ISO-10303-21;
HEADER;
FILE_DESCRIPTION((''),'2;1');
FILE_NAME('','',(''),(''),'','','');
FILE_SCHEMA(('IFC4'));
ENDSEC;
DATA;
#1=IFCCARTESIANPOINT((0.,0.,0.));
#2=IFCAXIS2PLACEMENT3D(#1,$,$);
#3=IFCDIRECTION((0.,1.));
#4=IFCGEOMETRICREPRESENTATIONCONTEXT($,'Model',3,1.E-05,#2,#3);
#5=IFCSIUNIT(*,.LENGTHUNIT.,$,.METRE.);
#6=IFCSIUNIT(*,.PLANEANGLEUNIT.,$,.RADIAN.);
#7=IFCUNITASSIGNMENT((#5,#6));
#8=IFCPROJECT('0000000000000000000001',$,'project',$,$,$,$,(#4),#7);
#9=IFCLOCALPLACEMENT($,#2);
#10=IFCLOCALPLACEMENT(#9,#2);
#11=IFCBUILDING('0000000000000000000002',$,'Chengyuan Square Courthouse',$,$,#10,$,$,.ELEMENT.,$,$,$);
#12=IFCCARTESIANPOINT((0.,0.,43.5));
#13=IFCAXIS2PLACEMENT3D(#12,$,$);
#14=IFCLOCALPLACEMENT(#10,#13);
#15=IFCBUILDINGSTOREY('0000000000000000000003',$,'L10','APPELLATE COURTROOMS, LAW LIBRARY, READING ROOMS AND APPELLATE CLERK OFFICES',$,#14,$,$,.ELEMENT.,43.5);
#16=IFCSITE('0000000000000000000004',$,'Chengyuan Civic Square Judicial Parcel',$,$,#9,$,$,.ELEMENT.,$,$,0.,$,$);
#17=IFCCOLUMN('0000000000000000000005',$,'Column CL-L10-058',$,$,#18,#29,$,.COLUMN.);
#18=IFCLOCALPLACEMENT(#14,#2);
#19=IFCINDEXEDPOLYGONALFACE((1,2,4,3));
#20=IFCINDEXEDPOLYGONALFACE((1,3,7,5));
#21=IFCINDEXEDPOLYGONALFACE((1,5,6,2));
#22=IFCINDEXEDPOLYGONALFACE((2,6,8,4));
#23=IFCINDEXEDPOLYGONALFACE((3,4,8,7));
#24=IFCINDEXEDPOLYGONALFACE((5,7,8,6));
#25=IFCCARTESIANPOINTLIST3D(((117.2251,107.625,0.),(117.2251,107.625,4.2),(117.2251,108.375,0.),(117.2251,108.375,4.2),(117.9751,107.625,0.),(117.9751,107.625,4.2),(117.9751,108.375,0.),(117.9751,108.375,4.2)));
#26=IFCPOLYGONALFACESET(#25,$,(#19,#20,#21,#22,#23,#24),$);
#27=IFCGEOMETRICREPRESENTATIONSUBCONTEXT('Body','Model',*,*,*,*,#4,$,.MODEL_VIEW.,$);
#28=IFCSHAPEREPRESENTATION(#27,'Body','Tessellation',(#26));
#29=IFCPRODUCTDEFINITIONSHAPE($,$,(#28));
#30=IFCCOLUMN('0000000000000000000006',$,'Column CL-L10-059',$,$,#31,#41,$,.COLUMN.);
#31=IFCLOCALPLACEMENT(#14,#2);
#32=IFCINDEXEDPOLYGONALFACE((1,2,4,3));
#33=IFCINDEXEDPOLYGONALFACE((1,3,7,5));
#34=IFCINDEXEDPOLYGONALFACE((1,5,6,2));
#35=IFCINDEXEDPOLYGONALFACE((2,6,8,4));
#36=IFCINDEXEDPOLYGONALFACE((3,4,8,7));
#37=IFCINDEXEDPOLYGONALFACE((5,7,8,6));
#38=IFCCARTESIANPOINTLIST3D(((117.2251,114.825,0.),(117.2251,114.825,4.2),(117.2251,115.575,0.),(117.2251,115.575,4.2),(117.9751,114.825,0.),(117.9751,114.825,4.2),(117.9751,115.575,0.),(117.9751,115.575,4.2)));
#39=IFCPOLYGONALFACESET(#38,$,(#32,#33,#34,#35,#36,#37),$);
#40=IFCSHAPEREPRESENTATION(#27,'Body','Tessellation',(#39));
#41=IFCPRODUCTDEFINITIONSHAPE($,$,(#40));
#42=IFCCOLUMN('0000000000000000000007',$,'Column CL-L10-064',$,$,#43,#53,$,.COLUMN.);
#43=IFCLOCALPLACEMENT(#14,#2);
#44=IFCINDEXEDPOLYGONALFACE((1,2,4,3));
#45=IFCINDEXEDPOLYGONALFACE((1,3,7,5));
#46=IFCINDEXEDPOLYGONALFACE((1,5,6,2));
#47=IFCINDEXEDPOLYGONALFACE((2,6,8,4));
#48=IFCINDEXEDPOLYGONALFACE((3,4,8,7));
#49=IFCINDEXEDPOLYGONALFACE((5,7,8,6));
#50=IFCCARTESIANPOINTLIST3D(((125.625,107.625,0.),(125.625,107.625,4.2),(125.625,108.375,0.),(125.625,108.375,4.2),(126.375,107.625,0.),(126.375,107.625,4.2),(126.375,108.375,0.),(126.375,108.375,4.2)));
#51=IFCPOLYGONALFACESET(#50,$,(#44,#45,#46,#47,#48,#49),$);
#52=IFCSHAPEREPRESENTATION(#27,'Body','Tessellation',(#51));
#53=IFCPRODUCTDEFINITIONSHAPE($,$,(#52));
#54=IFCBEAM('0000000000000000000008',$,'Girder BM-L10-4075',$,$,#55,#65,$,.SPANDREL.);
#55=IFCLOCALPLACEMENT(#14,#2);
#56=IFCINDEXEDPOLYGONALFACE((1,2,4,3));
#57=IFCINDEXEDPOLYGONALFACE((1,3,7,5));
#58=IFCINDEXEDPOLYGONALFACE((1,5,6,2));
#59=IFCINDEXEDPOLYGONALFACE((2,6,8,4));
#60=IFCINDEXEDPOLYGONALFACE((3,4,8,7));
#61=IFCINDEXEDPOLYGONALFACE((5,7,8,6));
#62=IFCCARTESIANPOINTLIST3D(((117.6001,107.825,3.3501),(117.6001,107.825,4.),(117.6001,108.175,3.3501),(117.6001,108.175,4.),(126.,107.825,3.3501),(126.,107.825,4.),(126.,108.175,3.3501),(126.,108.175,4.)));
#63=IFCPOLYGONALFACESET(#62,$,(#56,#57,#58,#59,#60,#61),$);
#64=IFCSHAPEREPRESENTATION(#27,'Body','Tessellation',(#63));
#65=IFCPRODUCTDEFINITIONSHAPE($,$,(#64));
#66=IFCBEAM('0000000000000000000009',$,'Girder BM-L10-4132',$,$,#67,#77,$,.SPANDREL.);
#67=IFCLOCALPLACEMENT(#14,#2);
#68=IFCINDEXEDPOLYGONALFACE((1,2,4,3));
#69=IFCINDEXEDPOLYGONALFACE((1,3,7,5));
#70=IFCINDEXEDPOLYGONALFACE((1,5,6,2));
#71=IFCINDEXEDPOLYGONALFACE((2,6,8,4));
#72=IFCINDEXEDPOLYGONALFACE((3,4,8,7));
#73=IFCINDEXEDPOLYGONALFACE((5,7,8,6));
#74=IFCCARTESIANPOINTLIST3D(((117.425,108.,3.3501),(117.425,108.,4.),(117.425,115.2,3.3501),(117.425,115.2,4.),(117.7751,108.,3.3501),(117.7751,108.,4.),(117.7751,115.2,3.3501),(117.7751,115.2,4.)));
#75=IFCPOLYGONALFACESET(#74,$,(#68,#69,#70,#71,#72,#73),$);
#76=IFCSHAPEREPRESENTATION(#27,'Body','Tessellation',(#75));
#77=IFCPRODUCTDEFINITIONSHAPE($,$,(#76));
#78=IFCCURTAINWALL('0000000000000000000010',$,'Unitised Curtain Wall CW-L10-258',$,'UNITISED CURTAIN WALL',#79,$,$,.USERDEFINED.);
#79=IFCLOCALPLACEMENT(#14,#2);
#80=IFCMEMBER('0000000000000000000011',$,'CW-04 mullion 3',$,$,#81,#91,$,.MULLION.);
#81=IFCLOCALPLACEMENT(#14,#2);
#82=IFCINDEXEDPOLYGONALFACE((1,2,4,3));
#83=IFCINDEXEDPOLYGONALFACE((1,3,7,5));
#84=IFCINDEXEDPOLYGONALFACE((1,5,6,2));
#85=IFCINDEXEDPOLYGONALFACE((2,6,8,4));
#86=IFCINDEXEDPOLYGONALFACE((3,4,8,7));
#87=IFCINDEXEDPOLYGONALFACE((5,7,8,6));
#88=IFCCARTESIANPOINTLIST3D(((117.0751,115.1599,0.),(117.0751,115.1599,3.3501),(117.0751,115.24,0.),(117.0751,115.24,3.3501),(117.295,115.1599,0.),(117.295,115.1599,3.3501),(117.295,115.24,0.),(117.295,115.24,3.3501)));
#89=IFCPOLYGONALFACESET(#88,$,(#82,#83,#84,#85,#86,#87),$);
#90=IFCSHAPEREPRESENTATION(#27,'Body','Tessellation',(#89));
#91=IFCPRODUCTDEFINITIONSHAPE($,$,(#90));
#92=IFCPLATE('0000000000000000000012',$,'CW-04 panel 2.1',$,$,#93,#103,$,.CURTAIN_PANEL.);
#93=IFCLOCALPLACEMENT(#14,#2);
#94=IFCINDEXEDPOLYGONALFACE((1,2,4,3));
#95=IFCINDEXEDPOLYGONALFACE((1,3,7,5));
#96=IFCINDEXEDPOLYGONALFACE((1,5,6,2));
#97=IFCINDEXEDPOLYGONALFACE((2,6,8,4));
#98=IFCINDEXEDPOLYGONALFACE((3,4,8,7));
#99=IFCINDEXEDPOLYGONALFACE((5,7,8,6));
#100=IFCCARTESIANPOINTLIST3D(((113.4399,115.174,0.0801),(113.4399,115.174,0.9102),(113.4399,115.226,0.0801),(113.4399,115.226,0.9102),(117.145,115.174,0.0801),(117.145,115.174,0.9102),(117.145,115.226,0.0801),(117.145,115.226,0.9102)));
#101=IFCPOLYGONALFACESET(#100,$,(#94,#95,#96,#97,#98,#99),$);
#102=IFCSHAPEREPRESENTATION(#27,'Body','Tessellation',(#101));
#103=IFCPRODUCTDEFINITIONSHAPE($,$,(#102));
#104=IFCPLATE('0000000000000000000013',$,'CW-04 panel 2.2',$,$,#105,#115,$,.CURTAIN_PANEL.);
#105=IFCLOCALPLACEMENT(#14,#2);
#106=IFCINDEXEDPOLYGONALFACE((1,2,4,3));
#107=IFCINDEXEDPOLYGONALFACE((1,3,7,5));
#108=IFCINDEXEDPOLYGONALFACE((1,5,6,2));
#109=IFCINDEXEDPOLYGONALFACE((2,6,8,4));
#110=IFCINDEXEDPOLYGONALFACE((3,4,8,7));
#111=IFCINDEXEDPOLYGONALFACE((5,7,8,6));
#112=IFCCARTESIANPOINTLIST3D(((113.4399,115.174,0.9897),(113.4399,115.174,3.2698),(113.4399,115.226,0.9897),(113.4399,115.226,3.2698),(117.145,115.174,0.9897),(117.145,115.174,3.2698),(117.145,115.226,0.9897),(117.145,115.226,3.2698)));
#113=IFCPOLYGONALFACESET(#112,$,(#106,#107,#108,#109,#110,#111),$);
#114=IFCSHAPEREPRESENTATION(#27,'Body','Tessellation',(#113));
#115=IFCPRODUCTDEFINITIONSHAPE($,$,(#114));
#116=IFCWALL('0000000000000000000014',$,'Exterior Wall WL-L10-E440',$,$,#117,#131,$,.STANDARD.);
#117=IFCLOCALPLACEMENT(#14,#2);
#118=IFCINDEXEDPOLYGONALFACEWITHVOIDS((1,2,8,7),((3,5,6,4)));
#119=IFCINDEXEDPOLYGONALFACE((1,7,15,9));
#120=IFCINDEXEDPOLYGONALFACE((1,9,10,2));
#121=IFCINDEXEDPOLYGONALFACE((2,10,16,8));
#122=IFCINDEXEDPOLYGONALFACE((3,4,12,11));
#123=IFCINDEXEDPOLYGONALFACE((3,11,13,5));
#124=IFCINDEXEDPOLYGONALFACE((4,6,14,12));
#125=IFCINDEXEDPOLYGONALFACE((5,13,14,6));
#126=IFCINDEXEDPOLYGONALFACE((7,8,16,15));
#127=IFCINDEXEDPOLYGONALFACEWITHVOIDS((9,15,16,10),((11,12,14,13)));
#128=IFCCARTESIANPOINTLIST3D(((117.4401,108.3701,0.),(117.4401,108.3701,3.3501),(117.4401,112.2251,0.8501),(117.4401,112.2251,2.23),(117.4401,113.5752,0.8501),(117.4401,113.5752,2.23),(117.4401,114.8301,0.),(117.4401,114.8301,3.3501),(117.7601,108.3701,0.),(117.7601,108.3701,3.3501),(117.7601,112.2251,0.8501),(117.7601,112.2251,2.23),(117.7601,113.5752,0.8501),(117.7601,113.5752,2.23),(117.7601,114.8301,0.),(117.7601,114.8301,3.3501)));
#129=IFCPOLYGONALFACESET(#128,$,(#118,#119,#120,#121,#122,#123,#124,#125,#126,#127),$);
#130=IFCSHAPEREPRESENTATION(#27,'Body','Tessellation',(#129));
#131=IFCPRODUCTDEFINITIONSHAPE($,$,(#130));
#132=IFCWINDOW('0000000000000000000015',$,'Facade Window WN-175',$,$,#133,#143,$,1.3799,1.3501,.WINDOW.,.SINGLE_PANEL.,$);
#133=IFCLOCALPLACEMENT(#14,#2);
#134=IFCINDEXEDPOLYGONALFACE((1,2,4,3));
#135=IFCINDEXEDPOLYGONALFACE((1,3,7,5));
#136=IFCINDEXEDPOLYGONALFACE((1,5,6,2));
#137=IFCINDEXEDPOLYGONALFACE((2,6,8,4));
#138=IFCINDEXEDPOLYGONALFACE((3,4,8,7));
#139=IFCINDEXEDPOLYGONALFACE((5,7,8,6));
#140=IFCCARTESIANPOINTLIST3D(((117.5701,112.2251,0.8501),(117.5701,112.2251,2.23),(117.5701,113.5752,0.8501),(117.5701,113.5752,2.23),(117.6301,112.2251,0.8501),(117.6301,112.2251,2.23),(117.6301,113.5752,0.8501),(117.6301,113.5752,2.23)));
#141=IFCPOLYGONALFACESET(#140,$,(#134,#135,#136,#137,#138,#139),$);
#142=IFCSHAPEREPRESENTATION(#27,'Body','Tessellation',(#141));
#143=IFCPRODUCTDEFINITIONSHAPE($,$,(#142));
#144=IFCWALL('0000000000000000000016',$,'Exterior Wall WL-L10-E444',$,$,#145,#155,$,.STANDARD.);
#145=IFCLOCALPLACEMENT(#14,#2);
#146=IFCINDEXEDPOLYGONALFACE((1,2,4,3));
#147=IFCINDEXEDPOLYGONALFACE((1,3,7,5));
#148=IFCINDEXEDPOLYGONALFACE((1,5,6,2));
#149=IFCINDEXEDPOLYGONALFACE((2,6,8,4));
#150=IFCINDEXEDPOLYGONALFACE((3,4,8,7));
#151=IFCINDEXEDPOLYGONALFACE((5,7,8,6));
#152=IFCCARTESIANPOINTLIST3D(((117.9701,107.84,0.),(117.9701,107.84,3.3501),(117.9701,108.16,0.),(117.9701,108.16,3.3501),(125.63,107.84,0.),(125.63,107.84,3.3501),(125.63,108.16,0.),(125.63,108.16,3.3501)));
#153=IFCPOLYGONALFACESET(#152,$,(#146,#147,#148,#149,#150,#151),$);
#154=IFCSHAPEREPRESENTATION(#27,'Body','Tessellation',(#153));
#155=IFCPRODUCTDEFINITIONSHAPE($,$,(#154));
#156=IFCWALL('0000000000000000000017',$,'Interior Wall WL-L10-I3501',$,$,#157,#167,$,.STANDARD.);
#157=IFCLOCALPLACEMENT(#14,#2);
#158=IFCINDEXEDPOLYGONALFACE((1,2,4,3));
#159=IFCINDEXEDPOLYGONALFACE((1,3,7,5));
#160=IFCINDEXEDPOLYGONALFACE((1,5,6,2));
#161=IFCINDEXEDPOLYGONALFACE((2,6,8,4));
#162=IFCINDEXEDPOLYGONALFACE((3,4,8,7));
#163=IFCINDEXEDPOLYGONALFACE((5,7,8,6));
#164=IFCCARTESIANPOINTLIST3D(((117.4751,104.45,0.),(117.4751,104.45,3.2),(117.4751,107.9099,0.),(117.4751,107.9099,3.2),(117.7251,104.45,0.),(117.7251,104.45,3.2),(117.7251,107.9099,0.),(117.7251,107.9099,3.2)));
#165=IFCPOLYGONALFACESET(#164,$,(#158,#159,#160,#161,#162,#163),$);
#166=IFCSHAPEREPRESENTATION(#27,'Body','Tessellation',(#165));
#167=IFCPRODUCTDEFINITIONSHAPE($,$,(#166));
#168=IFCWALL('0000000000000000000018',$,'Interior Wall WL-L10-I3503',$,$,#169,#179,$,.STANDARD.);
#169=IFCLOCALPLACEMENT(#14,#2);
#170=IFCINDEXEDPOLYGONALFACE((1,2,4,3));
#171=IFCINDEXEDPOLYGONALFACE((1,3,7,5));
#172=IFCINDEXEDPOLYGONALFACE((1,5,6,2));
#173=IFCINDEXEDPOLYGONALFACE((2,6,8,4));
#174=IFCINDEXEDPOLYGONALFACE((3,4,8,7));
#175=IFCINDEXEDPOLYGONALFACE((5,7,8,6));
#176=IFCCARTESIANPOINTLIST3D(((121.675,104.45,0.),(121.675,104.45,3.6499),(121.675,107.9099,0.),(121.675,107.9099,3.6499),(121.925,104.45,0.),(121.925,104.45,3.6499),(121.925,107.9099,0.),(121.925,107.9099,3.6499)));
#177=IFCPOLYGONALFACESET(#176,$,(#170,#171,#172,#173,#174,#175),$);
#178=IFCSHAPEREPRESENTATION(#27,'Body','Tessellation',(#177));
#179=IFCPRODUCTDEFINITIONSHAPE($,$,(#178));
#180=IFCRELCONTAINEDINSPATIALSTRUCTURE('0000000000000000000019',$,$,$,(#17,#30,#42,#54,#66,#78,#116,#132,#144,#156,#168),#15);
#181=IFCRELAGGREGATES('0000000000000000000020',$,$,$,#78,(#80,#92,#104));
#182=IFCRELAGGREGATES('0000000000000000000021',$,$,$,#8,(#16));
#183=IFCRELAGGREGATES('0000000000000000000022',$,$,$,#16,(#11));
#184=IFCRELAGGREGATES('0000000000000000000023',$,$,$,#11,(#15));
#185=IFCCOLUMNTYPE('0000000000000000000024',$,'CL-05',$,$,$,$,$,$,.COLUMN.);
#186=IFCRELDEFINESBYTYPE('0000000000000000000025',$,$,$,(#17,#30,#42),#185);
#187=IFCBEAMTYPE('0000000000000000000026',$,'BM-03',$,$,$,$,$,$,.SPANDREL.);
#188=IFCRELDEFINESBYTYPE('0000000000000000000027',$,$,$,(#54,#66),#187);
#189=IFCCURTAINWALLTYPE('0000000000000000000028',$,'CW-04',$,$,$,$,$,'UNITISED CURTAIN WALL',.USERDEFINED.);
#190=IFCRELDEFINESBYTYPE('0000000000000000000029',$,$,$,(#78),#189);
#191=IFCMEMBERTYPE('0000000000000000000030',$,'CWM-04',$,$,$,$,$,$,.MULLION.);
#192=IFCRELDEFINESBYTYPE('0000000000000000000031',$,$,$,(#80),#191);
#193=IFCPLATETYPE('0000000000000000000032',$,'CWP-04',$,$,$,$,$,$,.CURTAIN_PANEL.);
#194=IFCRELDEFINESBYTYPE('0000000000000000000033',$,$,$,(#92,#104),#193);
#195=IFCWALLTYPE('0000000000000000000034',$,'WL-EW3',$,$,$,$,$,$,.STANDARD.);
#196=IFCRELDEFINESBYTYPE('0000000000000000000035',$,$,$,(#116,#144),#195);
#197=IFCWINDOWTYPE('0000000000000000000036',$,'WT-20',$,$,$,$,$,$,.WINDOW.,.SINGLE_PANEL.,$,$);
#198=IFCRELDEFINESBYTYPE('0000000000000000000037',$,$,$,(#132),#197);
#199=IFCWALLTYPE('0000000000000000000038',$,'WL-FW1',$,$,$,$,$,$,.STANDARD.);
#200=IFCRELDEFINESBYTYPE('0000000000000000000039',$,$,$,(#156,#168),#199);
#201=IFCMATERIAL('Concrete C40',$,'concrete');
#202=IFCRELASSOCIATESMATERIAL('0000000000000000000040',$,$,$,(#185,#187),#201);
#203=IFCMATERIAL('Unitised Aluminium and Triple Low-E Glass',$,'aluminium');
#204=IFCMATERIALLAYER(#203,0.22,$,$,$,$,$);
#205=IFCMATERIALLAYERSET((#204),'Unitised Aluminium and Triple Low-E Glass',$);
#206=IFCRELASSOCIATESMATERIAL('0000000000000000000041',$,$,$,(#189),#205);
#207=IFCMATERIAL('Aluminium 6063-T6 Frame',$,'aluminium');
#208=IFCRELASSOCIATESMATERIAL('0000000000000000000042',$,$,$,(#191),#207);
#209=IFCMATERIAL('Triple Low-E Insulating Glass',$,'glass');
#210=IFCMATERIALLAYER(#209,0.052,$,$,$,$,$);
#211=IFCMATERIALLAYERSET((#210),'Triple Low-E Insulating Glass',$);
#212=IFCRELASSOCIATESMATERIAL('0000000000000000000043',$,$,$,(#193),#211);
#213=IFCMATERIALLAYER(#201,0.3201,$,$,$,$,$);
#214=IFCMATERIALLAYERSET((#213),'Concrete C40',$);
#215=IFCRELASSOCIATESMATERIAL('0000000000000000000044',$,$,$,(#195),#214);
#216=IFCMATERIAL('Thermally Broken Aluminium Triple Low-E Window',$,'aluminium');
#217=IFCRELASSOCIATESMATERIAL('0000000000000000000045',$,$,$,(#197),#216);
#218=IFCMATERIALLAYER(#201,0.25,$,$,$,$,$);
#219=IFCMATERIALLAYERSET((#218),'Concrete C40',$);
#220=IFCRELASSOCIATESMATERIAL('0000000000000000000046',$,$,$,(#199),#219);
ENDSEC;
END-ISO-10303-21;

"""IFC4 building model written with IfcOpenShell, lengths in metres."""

from ifc_helpers import new_model, si_unit, direction, frame, frame_2d, origin, origin_2d, place, context, subcontext, project, spatial, rectangle, extrude, material, layer, layer_set, material_profile, profile_set, type_object, element, fill, aggregate, save


model = new_model("IFC4")

# Units and contexts
model_context = context("Model", 3, precision=1e-05, world=origin(), true_north=direction((0.0, 1.0)))
body_context = subcontext(model_context, "Body", "Model", "MODEL_VIEW")
ifc_project = project(units=[si_unit("LENGTHUNIT", "METRE"), si_unit("PLANEANGLEUNIT", "RADIAN")], contexts=[model_context])

# Site, building, storey
site_placement = place(None, origin())
site = spatial("IfcSite", under=ifc_project, at=site_placement, Name="Chengyuan Civic Square Judicial Parcel", CompositionType="ELEMENT", RefElevation=0.0)
building_placement = place(site_placement, origin())
building = spatial("IfcBuilding", under=site, at=building_placement, Name="Chengyuan Square Courthouse", CompositionType="ELEMENT")
storey_placement = place(building_placement, frame((0.0, 0.0, 43.5)))
storey = spatial("IfcBuildingStorey", under=building, at=storey_placement, Name="L10", Description="APPELLATE COURTROOMS, LAW LIBRARY, READING ROOMS AND APPELLATE CLERK OFFICES", CompositionType="ELEMENT", Elevation=43.5)

# Columns
ifc_material_1 = material(Name="Concrete C40", Category="concrete")
ifc_material_profile_1 = material_profile(ifc_material_1, rectangle(XDim=0.75, YDim=0.75, at=origin_2d()), Name="RC-COL-750x750")
ifc_profile_set_1 = profile_set([ifc_material_profile_1], Name="Concrete C40")
column_type = type_object("IfcColumnType", Name="CL-05", PredefinedType="COLUMN", material=ifc_profile_set_1)
for number, where, z_axis, x_axis, name in (
    (1, (117.6001, 108.0, 0.0), (0.0, 0.0, 1.0), (1.0, 0.0, 0.0), "Column CL-L10-058"),
    (2, (117.6001, 115.2, 0.0), (0.0, 0.0, 1.0), (1.0, 0.0, 0.0), "Column CL-L10-059"),
    (3, (126.0, 108.0, 0.0), (0.0, 0.0, 1.0), (1.0, 0.0, 0.0), "Column CL-L10-064"),
):
    element("IfcColumn", number, at=place(storey_placement, frame(where, z_axis=z_axis, x_axis=x_axis)), inside=storey, type_object=column_type, Name=name, PredefinedType="COLUMN", context=body_context, shape_type="SweptSolid", body=[
        extrude(rectangle(XDim=0.75, YDim=0.75, at=origin_2d()), origin(), (0.0, 0.0, 1.0), 4.2),
    ])

# Beams
ifc_material_profile_2 = material_profile(ifc_material_1, rectangle(XDim=0.3501, YDim=0.6499, at=origin_2d()), Name="RC-BM-350x650")
ifc_profile_set_2 = profile_set([ifc_material_profile_2], Name="Concrete C40")
beam_type = type_object("IfcBeamType", Name="BM-03", PredefinedType="SPANDREL", material=ifc_profile_set_2)
beam_1_placement = place(storey_placement, frame((117.6001, 108.0, 3.675), z_axis=(1.0, 0.0, 0.0), x_axis=(0.0, 1.0, 0.0)))
element("IfcBeam", 4, at=beam_1_placement, inside=storey, type_object=beam_type, Name="Girder BM-L10-4075", PredefinedType="SPANDREL", context=body_context, shape_type="SweptSolid", body=[
    extrude(rectangle(XDim=0.3501, YDim=0.6499, at=origin_2d()), origin(), (0.0, 0.0, 1.0), 8.3999),
])
beam_2_placement = place(storey_placement, frame((117.6001, 108.0, 3.675), z_axis=(0.0, 1.0, 0.0), x_axis=(-1.0, 0.0, 0.0)))
element("IfcBeam", 5, at=beam_2_placement, inside=storey, type_object=beam_type, Name="Girder BM-L10-4132", PredefinedType="SPANDREL", context=body_context, shape_type="SweptSolid", body=[
    extrude(rectangle(XDim=0.3501, YDim=0.6499, at=origin_2d()), origin(), (0.0, 0.0, 1.0), 7.2),
])

# Curtain wall, member, plates
ifc_material_2 = material(Name="Unitised Aluminium and Triple Low-E Glass", Category="aluminium")
ifc_layer_1 = layer(ifc_material_2, 0.22)
ifc_layer_set_1 = layer_set([ifc_layer_1], Name="Unitised Aluminium and Triple Low-E Glass")
curtain_wall_type = type_object("IfcCurtainWallType", Name="CW-04", ElementType="UNITISED CURTAIN WALL", PredefinedType="USERDEFINED", material=ifc_layer_set_1)
curtain_wall_placement = place(storey_placement, origin())
curtain_wall = element("IfcCurtainWall", 6, at=curtain_wall_placement, inside=storey, type_object=curtain_wall_type, Name="Unitised Curtain Wall CW-L10-258", ObjectType="UNITISED CURTAIN WALL", PredefinedType="USERDEFINED")
ifc_material_3 = material(Name="Aluminium 6063-T6 Frame", Category="aluminium")
ifc_material_profile_3 = material_profile(ifc_material_3, rectangle(XDim=0.0801, YDim=0.22, at=origin_2d()), Name="CW-MUL-80x220")
ifc_profile_set_3 = profile_set([ifc_material_profile_3], Name="Aluminium 6063-T6 Frame")
member_type = type_object("IfcMemberType", Name="CWM-04", PredefinedType="MULLION", material=ifc_profile_set_3)
member_placement = place(storey_placement, frame((117.1851, 115.2, 0.0), z_axis=(0.0, 0.0, 1.0), x_axis=(0.0, 1.0, 0.0)))
member = element("IfcMember", 7, at=member_placement, type_object=member_type, Name="CW-04 mullion 3", PredefinedType="MULLION", context=body_context, shape_type="SweptSolid", body=[
    extrude(rectangle(XDim=0.0801, YDim=0.22, at=origin_2d()), origin(), (0.0, 0.0, 1.0), 3.3501),
])
ifc_material_4 = material(Name="Triple Low-E Insulating Glass", Category="glass")
ifc_layer_2 = layer(ifc_material_4, 0.052)
ifc_layer_set_2 = layer_set([ifc_layer_2], Name="Triple Low-E Insulating Glass")
plate_type = type_object("IfcPlateType", Name="CWP-04", PredefinedType="CURTAIN_PANEL", material=ifc_layer_set_2)
plate_1_placement = place(storey_placement, frame((115.2925, 115.2, 0.0801), z_axis=(0.0, 0.0, 1.0), x_axis=(1.0, 0.0, 0.0)))
plate_1 = element("IfcPlate", 8, at=plate_1_placement, type_object=plate_type, Name="CW-04 panel 2.1", PredefinedType="CURTAIN_PANEL", context=body_context, shape_type="SweptSolid", body=[
    extrude(rectangle(XDim=3.7051, YDim=0.052, at=origin_2d()), origin(), (0.0, 0.0, 1.0), 0.8301),
])
plate_2_placement = place(storey_placement, frame((115.2925, 115.2, 0.9897), z_axis=(0.0, 0.0, 1.0), x_axis=(1.0, 0.0, 0.0)))
plate_2 = element("IfcPlate", 9, at=plate_2_placement, type_object=plate_type, Name="CW-04 panel 2.2", PredefinedType="CURTAIN_PANEL", context=body_context, shape_type="SweptSolid", body=[
    extrude(rectangle(XDim=3.7051, YDim=0.052, at=origin_2d()), origin(), (0.0, 0.0, 1.0), 2.28),
])
aggregate(curtain_wall, [member, plate_1, plate_2])

# Wall, opening, window
ifc_layer_3 = layer(ifc_material_1, 0.3201)
ifc_layer_set_3 = layer_set([ifc_layer_3], Name="Concrete C40")
wall_type_1 = type_object("IfcWallType", Name="WL-EW3", PredefinedType="STANDARD", material=ifc_layer_set_3)
wall_1_placement = place(storey_placement, frame((117.6001, 108.3701, 0.0), z_axis=(0.0, 0.0, 1.0), x_axis=(0.0, 1.0, 0.0)))
wall_1 = element("IfcWall", 10, at=wall_1_placement, inside=storey, type_object=wall_type_1, Name="Exterior Wall WL-L10-E440", PredefinedType="STANDARD", context=body_context, shape_type="SweptSolid", body=[
    extrude(rectangle(XDim=6.46, YDim=0.3201, at=frame_2d((3.23, 0.0))), origin(), (0.0, 0.0, 1.0), 3.3501),
])
opening_1_placement = place(wall_1_placement, frame((3.855, 0.0, 0.8501)))
opening_1 = element("IfcOpeningElement", 11, at=opening_1_placement, cuts=wall_1, PredefinedType="OPENING", context=body_context, shape_type="SweptSolid", body=[
    extrude(rectangle(XDim=1.3501, YDim=1.3799, at=frame_2d((0.675, 0.6899))), frame((0.0, 0.1721, 0.0), z_axis=(0.0, -1.0, 0.0), x_axis=(1.0, 0.0, 0.0)), (0.0, 0.0, 1.0), 0.344),
])
ifc_material_5 = material(Name="Thermally Broken Aluminium Triple Low-E Window", Category="aluminium")
window_type = type_object("IfcWindowType", Name="WT-20", PartitioningType="SINGLE_PANEL", PredefinedType="WINDOW", material=ifc_material_5)
window_placement = place(opening_1_placement, origin())
window = element("IfcWindow", 12, at=window_placement, inside=storey, type_object=window_type, Name="Facade Window WN-175", OverallHeight=1.3799, OverallWidth=1.3501, PartitioningType="SINGLE_PANEL", PredefinedType="WINDOW", context=body_context, shape_type="SweptSolid", body=[
    extrude(rectangle(XDim=1.3501, YDim=1.3799, at=frame_2d((0.675, 0.6899))), frame((0.0, 0.03, 0.0), z_axis=(0.0, -1.0, 0.0), x_axis=(1.0, 0.0, 0.0)), (0.0, 0.0, 1.0), 0.0601),
])
fill(opening_1, window)

# Walls
wall_2_placement = place(storey_placement, frame((117.97, 108.0, 0.0), z_axis=(0.0, 0.0, 1.0), x_axis=(1.0, 0.0, 0.0)))
element("IfcWall", 13, at=wall_2_placement, inside=storey, type_object=wall_type_1, Name="Exterior Wall WL-L10-E444", PredefinedType="STANDARD", context=body_context, shape_type="SweptSolid", body=[
    extrude(rectangle(XDim=7.6599, YDim=0.3201, at=frame_2d((3.8301, 0.0))), origin(), (0.0, 0.0, 1.0), 3.3501),
])
ifc_layer_4 = layer(ifc_material_1, 0.25)
ifc_layer_set_4 = layer_set([ifc_layer_4], Name="Concrete C40")
wall_type_2 = type_object("IfcWallType", Name="WL-FW1", PredefinedType="STANDARD", material=ifc_layer_set_4)
wall_3_placement = place(storey_placement, frame((117.6001, 104.45, 0.0), z_axis=(0.0, 0.0, 1.0), x_axis=(0.0, 1.0, 0.0)))
element("IfcWall", 14, at=wall_3_placement, inside=storey, type_object=wall_type_2, Name="Interior Wall WL-L10-I3501", PredefinedType="STANDARD", context=body_context, shape_type="SweptSolid", body=[
    extrude(rectangle(XDim=3.46, YDim=0.25, at=frame_2d((1.73, 0.0))), origin(), (0.0, 0.0, 1.0), 3.2),
])
wall_4_placement = place(storey_placement, frame((121.8, 104.45, 0.0), z_axis=(0.0, 0.0, 1.0), x_axis=(0.0, 1.0, 0.0)))
element("IfcWall", 15, at=wall_4_placement, inside=storey, type_object=wall_type_2, Name="Interior Wall WL-L10-I3503", PredefinedType="STANDARD", context=body_context, shape_type="SweptSolid", body=[
    extrude(rectangle(XDim=3.46, YDim=0.25, at=frame_2d((1.73, 0.0))), origin(), (0.0, 0.0, 1.0), 3.6499),
])

save(model, "model.ifc")
